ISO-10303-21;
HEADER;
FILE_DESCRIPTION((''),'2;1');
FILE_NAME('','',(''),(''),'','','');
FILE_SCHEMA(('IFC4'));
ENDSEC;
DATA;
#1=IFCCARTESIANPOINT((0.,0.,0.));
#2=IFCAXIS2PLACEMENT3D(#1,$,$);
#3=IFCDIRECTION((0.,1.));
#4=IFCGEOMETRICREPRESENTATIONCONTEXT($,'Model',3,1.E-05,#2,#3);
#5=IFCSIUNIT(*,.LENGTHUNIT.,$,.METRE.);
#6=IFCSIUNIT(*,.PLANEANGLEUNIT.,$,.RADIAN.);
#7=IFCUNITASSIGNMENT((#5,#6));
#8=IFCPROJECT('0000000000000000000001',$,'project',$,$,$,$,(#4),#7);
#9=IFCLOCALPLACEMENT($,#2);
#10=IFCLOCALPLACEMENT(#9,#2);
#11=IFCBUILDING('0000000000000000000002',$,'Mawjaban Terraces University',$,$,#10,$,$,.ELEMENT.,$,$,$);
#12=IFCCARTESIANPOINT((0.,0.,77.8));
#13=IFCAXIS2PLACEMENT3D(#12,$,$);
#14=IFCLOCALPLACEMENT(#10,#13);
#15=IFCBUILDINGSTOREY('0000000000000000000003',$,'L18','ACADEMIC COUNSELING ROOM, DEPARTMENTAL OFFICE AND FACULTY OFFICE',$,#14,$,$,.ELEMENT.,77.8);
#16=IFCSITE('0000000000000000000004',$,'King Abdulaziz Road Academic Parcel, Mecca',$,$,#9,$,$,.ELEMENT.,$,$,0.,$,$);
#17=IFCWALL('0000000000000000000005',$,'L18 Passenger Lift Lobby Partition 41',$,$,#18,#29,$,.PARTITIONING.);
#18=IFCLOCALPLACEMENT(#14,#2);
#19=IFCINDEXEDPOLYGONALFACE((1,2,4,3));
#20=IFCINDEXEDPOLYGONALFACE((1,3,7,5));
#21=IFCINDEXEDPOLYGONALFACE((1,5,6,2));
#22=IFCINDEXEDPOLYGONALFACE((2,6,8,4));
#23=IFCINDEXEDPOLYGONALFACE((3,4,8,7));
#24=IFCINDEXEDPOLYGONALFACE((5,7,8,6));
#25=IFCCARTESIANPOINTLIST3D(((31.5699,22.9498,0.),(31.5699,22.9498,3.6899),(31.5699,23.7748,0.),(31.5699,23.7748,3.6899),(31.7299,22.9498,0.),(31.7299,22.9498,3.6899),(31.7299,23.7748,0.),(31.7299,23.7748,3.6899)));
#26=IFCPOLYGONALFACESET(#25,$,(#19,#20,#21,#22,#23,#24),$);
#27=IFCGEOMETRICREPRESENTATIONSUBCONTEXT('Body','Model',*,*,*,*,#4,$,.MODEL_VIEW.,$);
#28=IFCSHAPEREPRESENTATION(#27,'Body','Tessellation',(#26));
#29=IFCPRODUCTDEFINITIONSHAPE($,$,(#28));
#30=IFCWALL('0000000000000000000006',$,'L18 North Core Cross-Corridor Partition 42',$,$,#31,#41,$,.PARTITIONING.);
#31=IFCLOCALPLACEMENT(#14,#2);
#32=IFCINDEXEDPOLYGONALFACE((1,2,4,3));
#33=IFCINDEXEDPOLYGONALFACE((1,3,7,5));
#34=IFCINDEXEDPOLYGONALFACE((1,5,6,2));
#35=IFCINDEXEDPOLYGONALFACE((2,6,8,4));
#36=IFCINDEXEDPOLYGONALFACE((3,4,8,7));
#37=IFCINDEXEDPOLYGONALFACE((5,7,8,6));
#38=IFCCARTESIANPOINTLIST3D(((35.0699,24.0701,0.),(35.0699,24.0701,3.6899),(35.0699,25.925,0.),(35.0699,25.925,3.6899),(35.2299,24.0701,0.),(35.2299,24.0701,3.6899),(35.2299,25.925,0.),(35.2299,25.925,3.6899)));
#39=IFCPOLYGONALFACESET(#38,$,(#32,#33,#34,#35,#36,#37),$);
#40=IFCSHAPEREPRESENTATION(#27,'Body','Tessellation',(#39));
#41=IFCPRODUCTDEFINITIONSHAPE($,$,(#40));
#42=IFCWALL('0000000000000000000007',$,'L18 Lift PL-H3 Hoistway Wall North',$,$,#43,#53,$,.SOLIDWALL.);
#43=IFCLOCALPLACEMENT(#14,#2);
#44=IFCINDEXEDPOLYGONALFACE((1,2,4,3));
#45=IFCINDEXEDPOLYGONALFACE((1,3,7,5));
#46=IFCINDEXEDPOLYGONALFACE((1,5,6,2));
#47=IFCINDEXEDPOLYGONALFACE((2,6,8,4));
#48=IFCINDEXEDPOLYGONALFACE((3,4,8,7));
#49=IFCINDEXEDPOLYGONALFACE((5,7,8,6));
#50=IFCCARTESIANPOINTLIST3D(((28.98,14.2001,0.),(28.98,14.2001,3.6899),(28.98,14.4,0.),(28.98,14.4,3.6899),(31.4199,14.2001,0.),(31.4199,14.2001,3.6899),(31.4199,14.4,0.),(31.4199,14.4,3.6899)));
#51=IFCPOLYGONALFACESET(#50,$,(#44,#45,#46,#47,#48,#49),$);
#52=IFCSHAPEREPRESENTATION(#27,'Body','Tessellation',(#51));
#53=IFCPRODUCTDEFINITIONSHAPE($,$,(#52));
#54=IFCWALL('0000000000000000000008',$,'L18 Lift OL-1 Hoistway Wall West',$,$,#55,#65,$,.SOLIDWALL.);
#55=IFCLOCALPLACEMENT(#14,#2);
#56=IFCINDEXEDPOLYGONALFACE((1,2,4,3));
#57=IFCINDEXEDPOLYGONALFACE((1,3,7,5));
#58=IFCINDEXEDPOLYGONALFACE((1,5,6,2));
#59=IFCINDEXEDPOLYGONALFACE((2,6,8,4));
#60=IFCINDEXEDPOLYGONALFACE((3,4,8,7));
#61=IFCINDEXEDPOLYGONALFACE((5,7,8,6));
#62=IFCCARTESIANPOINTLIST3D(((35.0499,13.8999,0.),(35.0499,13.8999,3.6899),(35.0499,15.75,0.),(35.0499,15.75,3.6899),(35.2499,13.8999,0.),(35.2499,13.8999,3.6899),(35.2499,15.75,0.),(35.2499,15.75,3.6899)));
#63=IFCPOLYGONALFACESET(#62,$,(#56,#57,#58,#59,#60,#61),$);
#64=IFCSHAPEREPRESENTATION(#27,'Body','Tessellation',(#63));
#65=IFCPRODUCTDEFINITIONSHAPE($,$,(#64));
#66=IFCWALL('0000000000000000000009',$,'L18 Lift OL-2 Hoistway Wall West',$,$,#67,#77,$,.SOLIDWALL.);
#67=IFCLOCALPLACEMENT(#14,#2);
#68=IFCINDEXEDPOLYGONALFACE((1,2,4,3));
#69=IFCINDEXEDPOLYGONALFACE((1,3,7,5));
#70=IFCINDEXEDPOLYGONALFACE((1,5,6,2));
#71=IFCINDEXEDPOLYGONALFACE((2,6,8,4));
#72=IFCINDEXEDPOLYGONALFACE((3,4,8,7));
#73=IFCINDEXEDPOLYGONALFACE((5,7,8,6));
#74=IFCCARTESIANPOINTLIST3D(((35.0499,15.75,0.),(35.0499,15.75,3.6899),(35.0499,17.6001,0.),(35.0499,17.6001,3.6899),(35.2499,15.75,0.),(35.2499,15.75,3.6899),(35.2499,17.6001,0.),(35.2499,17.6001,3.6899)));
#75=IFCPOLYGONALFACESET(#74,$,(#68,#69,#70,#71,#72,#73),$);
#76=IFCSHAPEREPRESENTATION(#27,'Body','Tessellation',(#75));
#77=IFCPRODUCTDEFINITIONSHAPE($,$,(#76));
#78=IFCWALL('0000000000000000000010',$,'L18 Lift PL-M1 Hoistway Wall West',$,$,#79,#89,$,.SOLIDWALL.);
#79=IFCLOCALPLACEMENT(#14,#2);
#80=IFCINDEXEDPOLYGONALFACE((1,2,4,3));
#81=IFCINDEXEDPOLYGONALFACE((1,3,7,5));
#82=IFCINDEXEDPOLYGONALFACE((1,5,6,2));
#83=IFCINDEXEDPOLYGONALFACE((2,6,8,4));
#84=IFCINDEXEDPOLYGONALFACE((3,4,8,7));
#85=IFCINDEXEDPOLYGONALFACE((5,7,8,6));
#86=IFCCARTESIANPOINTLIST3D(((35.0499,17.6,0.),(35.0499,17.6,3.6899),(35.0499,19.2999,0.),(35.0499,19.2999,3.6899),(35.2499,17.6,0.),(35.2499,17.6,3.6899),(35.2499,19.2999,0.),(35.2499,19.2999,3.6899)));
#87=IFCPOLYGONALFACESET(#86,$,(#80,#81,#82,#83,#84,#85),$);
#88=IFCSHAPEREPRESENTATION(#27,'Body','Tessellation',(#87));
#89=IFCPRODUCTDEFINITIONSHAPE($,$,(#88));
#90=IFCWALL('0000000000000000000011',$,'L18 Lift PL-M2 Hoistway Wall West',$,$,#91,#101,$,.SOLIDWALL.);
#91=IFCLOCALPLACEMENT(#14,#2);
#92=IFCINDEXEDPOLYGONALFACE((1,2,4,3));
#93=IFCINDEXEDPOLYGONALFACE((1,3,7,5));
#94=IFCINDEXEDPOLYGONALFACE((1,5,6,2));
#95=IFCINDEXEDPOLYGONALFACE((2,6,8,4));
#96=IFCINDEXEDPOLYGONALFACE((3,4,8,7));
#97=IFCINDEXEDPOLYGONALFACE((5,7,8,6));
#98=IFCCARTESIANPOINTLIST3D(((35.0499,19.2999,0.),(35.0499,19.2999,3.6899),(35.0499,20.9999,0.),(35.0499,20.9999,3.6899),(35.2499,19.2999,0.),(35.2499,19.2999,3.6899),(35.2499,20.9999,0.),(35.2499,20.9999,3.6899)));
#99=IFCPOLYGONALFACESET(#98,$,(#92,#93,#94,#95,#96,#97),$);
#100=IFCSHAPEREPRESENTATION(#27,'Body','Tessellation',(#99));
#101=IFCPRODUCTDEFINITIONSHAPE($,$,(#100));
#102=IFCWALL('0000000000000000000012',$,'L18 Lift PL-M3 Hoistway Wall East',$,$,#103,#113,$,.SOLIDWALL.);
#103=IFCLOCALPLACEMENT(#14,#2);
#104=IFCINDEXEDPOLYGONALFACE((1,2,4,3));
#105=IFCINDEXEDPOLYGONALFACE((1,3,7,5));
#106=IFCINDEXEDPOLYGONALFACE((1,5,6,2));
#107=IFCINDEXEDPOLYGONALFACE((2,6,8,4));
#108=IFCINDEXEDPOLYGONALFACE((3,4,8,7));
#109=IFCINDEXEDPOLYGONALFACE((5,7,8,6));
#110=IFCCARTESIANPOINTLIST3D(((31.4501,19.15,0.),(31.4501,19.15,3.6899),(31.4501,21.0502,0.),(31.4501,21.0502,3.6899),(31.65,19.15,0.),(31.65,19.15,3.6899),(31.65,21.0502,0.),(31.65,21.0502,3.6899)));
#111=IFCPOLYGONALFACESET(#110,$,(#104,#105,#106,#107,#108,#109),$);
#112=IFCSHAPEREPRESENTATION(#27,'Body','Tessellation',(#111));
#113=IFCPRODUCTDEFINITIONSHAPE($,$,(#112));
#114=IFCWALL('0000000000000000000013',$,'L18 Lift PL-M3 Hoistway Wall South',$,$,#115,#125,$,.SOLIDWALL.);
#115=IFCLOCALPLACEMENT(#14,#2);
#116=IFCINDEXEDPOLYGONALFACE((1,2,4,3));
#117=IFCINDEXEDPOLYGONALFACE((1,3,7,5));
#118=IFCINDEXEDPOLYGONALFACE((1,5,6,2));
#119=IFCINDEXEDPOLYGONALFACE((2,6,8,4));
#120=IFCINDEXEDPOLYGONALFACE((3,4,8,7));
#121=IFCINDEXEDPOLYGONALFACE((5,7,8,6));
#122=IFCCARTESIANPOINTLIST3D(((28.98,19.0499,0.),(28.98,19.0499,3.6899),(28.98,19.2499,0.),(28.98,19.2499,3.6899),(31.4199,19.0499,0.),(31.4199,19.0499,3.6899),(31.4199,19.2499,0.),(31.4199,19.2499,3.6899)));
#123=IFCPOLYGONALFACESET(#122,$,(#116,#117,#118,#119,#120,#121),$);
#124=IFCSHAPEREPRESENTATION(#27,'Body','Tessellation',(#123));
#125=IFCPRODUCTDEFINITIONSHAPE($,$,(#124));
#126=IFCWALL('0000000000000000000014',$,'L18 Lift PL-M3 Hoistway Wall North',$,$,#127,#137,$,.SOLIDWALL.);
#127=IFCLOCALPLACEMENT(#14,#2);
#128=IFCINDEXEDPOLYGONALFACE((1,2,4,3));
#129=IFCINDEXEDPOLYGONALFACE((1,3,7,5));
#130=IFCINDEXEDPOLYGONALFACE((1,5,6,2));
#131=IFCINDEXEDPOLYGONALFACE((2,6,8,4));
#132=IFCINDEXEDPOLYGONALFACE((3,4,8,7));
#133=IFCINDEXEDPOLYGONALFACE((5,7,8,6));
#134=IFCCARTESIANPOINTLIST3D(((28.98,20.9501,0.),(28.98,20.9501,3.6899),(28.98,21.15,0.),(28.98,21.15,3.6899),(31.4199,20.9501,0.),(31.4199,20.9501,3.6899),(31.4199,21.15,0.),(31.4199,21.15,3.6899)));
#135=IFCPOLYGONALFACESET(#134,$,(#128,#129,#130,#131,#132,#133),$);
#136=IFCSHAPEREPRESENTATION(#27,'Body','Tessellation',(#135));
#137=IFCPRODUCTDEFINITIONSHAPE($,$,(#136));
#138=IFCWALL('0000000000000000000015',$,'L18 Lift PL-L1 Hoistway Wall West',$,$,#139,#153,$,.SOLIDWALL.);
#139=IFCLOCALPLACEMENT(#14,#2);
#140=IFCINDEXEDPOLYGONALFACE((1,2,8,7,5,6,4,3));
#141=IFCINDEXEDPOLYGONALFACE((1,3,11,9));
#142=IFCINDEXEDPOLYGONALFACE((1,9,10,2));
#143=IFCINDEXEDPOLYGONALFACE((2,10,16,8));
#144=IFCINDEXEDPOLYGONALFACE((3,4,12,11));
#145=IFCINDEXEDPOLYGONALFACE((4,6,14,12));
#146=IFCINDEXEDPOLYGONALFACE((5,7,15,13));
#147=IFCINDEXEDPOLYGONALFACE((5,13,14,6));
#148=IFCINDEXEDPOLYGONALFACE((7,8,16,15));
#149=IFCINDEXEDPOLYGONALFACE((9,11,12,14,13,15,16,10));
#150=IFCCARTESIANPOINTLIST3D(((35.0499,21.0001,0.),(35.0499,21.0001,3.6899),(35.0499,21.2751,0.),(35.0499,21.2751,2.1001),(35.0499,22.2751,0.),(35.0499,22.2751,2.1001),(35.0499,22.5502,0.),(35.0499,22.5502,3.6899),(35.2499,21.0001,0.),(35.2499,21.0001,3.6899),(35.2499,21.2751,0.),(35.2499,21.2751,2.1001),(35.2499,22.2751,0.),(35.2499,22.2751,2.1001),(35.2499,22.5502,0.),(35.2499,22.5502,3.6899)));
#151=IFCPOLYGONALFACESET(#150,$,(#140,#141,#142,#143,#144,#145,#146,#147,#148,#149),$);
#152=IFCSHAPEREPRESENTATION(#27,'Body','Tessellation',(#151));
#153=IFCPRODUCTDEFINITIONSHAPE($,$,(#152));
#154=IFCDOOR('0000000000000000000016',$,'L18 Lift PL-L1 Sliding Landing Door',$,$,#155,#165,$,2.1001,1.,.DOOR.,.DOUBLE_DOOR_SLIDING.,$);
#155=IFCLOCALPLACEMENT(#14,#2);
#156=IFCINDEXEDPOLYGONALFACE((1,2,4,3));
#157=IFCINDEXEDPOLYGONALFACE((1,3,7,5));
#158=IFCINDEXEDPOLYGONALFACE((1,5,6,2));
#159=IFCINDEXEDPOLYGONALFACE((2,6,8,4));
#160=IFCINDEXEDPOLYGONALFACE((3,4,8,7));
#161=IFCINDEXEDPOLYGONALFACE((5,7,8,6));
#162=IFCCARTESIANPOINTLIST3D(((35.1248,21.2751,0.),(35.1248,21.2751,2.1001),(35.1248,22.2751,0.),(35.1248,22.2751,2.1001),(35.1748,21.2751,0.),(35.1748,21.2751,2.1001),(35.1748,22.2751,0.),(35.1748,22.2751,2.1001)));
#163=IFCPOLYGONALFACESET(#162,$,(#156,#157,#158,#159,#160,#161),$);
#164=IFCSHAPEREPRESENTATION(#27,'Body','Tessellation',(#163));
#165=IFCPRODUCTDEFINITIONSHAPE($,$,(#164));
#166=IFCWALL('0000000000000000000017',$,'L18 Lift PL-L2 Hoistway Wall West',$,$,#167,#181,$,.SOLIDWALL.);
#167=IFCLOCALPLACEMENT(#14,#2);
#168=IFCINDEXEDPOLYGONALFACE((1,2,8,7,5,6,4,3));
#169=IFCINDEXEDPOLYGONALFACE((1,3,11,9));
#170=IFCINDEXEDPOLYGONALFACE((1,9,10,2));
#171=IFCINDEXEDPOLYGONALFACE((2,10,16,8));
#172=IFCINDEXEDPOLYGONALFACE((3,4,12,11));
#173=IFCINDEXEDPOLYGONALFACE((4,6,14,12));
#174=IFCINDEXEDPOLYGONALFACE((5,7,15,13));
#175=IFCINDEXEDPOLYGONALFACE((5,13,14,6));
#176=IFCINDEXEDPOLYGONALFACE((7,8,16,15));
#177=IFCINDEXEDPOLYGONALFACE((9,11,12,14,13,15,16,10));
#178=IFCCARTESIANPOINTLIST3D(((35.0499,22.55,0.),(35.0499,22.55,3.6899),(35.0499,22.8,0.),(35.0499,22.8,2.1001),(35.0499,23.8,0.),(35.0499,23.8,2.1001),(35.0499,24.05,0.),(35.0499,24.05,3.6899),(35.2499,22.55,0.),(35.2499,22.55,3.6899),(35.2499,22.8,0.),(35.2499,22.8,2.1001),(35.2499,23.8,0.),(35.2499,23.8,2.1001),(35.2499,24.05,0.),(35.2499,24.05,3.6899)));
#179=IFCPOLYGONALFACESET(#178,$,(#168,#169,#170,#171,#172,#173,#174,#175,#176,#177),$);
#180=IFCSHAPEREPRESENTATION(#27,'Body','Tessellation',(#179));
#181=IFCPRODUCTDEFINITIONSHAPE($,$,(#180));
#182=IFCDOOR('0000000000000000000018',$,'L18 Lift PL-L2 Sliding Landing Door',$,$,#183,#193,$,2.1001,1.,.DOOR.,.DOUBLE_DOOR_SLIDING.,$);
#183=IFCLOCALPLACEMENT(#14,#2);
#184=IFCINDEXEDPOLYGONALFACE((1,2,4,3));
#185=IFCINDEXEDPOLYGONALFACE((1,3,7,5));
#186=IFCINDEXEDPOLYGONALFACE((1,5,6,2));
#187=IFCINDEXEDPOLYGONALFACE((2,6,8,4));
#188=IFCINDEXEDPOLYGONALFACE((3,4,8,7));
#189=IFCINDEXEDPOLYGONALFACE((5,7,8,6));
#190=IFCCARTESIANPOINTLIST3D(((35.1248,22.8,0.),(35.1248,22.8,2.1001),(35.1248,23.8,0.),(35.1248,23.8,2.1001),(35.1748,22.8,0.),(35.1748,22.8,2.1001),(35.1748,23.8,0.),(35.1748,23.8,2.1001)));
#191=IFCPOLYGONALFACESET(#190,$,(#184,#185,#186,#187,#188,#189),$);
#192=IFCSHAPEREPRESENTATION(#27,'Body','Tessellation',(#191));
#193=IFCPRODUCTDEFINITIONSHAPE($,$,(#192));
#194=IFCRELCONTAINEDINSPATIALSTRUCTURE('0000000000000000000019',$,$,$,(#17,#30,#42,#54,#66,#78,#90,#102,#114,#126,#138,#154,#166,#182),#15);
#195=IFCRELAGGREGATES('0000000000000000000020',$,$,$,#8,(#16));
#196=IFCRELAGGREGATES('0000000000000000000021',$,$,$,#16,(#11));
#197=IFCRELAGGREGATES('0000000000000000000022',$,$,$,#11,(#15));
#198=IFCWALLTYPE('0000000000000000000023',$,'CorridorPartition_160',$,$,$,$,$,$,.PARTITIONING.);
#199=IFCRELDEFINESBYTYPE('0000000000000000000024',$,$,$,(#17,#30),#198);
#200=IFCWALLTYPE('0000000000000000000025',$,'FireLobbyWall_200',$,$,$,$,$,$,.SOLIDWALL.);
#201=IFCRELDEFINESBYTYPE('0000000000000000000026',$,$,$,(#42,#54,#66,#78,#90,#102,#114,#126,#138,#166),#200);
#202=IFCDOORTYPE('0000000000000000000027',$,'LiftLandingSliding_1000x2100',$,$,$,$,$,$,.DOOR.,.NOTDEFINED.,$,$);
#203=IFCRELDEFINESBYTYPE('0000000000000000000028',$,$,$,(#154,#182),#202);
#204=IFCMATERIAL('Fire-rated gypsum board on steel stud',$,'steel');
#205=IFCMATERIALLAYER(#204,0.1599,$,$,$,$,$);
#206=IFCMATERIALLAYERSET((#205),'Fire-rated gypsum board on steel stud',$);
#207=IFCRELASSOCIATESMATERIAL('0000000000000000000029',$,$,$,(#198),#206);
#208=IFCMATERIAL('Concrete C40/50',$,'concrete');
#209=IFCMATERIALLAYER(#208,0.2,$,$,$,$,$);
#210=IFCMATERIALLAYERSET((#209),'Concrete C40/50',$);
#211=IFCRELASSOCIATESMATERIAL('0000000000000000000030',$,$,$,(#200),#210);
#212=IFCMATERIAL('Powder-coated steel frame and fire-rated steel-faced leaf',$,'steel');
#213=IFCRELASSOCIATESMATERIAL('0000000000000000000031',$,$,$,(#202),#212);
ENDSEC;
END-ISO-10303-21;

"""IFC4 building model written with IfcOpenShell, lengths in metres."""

from ifc_helpers import new_model, si_unit, direction, frame, frame_2d, origin, place, context, subcontext, project, spatial, rectangle, extrude, material, layer, layer_set, type_object, element, fill, save


model = new_model("IFC4")

# Units and contexts
model_context = context("Model", 3, precision=1e-05, world=origin(), true_north=direction((0.0, 1.0)))
body_context = subcontext(model_context, "Body", "Model", "MODEL_VIEW")
ifc_project = project(units=[si_unit("LENGTHUNIT", "METRE"), si_unit("PLANEANGLEUNIT", "RADIAN")], contexts=[model_context])

# Site, building, storey
site_placement = place(None, origin())
site = spatial("IfcSite", under=ifc_project, at=site_placement, Name="King Abdulaziz Road Academic Parcel, Mecca", CompositionType="ELEMENT", RefElevation=0.0)
building_placement = place(site_placement, origin())
building = spatial("IfcBuilding", under=site, at=building_placement, Name="Mawjaban Terraces University", CompositionType="ELEMENT")
storey_placement = place(building_placement, frame((0.0, 0.0, 77.8)))
storey = spatial("IfcBuildingStorey", under=building, at=storey_placement, Name="L18", Description="ACADEMIC COUNSELING ROOM, DEPARTMENTAL OFFICE AND FACULTY OFFICE", CompositionType="ELEMENT", Elevation=77.8)

# Walls
ifc_material_1 = material(Name="Fire-rated gypsum board on steel stud", Category="steel")
ifc_layer_1 = layer(ifc_material_1, 0.1599)
ifc_layer_set_1 = layer_set([ifc_layer_1], Name="Fire-rated gypsum board on steel stud")
wall_type_1 = type_object("IfcWallType", Name="CorridorPartition_160", PredefinedType="PARTITIONING", material=ifc_layer_set_1)
wall_1_placement = place(storey_placement, frame((31.6499, 23.7749, 0.0), z_axis=(0.0, 0.0, 1.0), x_axis=(0.0, -1.0, 0.0)))
element("IfcWall", 1, at=wall_1_placement, inside=storey, type_object=wall_type_1, Name="L18 Passenger Lift Lobby Partition 41", PredefinedType="PARTITIONING", context=body_context, shape_type="SweptSolid", body=[
    extrude(rectangle(XDim=0.825, YDim=0.1599, at=frame_2d((0.4126, 0.0))), origin(), (0.0, 0.0, 1.0), 3.6899),
])
wall_2_placement = place(storey_placement, frame((35.1499, 24.0701, 0.0), z_axis=(0.0, 0.0, 1.0), x_axis=(0.0, 1.0, 0.0)))
element("IfcWall", 2, at=wall_2_placement, inside=storey, type_object=wall_type_1, Name="L18 North Core Cross-Corridor Partition 42", PredefinedType="PARTITIONING", context=body_context, shape_type="SweptSolid", body=[
    extrude(rectangle(XDim=1.855, YDim=0.1599, at=frame_2d((0.9275, 0.0))), origin(), (0.0, 0.0, 1.0), 3.6899),
])
ifc_material_2 = material(Name="Concrete C40/50", Category="concrete")
ifc_layer_2 = layer(ifc_material_2, 0.2)
ifc_layer_set_2 = layer_set([ifc_layer_2], Name="Concrete C40/50")
wall_type_2 = type_object("IfcWallType", Name="FireLobbyWall_200", PredefinedType="SOLIDWALL", material=ifc_layer_set_2)
wall_3_placement = place(storey_placement, frame((31.4199, 14.3, 0.0), z_axis=(0.0, 0.0, 1.0), x_axis=(-1.0, 0.0, 0.0)))
element("IfcWall", 3, at=wall_3_placement, inside=storey, type_object=wall_type_2, Name="L18 Lift PL-H3 Hoistway Wall North", PredefinedType="SOLIDWALL", context=body_context, shape_type="SweptSolid", body=[
    extrude(rectangle(XDim=2.4399, YDim=0.2, at=frame_2d((1.22, 0.0))), origin(), (0.0, 0.0, 1.0), 3.6899),
])
for number, where, z_axis, x_axis, name in (
    (4, (35.1499, 15.75, 0.0), (0.0, 0.0, 1.0), (0.0, -1.0, 0.0), "L18 Lift OL-1 Hoistway Wall West"),
    (5, (35.1499, 17.6001, 0.0), (0.0, 0.0, 1.0), (0.0, -1.0, 0.0), "L18 Lift OL-2 Hoistway Wall West"),
):
    element("IfcWall", number, at=place(storey_placement, frame(where, z_axis=z_axis, x_axis=x_axis)), inside=storey, type_object=wall_type_2, Name=name, PredefinedType="SOLIDWALL", context=body_context, shape_type="SweptSolid", body=[
        extrude(rectangle(XDim=1.8501, YDim=0.2, at=frame_2d((0.925, 0.0))), origin(), (0.0, 0.0, 1.0), 3.6899),
    ])
for number, where, z_axis, x_axis, name in (
    (6, (35.1499, 19.3, 0.0), (0.0, 0.0, 1.0), (0.0, -1.0, 0.0), "L18 Lift PL-M1 Hoistway Wall West"),
    (7, (35.1499, 21.0, 0.0), (0.0, 0.0, 1.0), (0.0, -1.0, 0.0), "L18 Lift PL-M2 Hoistway Wall West"),
):
    element("IfcWall", number, at=place(storey_placement, frame(where, z_axis=z_axis, x_axis=x_axis)), inside=storey, type_object=wall_type_2, Name=name, PredefinedType="SOLIDWALL", context=body_context, shape_type="SweptSolid", body=[
        extrude(rectangle(XDim=1.7, YDim=0.2, at=frame_2d((0.8501, 0.0))), origin(), (0.0, 0.0, 1.0), 3.6899),
    ])
wall_4_placement = place(storey_placement, frame((31.55, 19.1499, 0.0), z_axis=(0.0, 0.0, 1.0), x_axis=(0.0, 1.0, 0.0)))
element("IfcWall", 8, at=wall_4_placement, inside=storey, type_object=wall_type_2, Name="L18 Lift PL-M3 Hoistway Wall East", PredefinedType="SOLIDWALL", context=body_context, shape_type="SweptSolid", body=[
    extrude(rectangle(XDim=1.9001, YDim=0.2, at=frame_2d((0.9502, 0.0))), origin(), (0.0, 0.0, 1.0), 3.6899),
])
for number, where, z_axis, x_axis, name in (
    (9, (28.98, 19.1499, 0.0), (0.0, 0.0, 1.0), (1.0, 0.0, 0.0), "L18 Lift PL-M3 Hoistway Wall South"),
    (10, (31.4199, 21.05, 0.0), (0.0, 0.0, 1.0), (-1.0, 0.0, 0.0), "L18 Lift PL-M3 Hoistway Wall North"),
):
    element("IfcWall", number, at=place(storey_placement, frame(where, z_axis=z_axis, x_axis=x_axis)), inside=storey, type_object=wall_type_2, Name=name, PredefinedType="SOLIDWALL", context=body_context, shape_type="SweptSolid", body=[
        extrude(rectangle(XDim=2.4399, YDim=0.2, at=frame_2d((1.22, 0.0))), origin(), (0.0, 0.0, 1.0), 3.6899),
    ])

# Walls, openings, doors
wall_5_placement = place(storey_placement, frame((35.1499, 22.55, 0.0), z_axis=(0.0, 0.0, 1.0), x_axis=(0.0, -1.0, 0.0)))
wall_5 = element("IfcWall", 11, at=wall_5_placement, inside=storey, type_object=wall_type_2, Name="L18 Lift PL-L1 Hoistway Wall West", PredefinedType="SOLIDWALL", context=body_context, shape_type="SweptSolid", body=[
    extrude(rectangle(XDim=1.55, YDim=0.2, at=frame_2d((0.7749, 0.0))), origin(), (0.0, 0.0, 1.0), 3.6899),
])
opening_1_placement = place(wall_5_placement, frame((0.2749, 0.0, 0.0)))
opening_1 = element("IfcOpeningElement", 12, at=opening_1_placement, cuts=wall_5, PredefinedType="OPENING", context=body_context, shape_type="SweptSolid", body=[
    extrude(rectangle(XDim=1.0, YDim=2.1001, at=frame_2d((0.5, 1.05))), frame((0.0, 0.1099, 0.0), z_axis=(0.0, -1.0, 0.0), x_axis=(1.0, 0.0, 0.0)), (0.0, 0.0, 1.0), 0.22),
])
ifc_material_3 = material(Name="Powder-coated steel frame and fire-rated steel-faced leaf", Category="steel")
door_type_1 = type_object("IfcDoorType", Name="LiftLandingSliding_1000x2100", OperationType="NOTDEFINED", PredefinedType="DOOR", material=ifc_material_3)
door_1_placement = place(opening_1_placement, origin())
door_1 = element("IfcDoor", 13, at=door_1_placement, inside=storey, type_object=door_type_1, Name="L18 Lift PL-L1 Sliding Landing Door", OperationType="DOUBLE_DOOR_SLIDING", OverallHeight=2.1001, OverallWidth=1.0, PredefinedType="DOOR", context=body_context, shape_type="SweptSolid", body=[
    extrude(rectangle(XDim=1.0, YDim=2.1001, at=frame_2d((0.5, 1.05))), frame((0.0, 0.0249, 0.0), z_axis=(0.0, -1.0, 0.0), x_axis=(1.0, 0.0, 0.0)), (0.0, 0.0, 1.0), 0.05),
])
fill(opening_1, door_1)
wall_6_placement = place(storey_placement, frame((35.1499, 24.05, 0.0), z_axis=(0.0, 0.0, 1.0), x_axis=(0.0, -1.0, 0.0)))
wall_6 = element("IfcWall", 14, at=wall_6_placement, inside=storey, type_object=wall_type_2, Name="L18 Lift PL-L2 Hoistway Wall West", PredefinedType="SOLIDWALL", context=body_context, shape_type="SweptSolid", body=[
    extrude(rectangle(XDim=1.5, YDim=0.2, at=frame_2d((0.75, 0.0))), origin(), (0.0, 0.0, 1.0), 3.6899),
])
opening_2_placement = place(wall_6_placement, frame((0.25, 0.0, 0.0)))
opening_2 = element("IfcOpeningElement", 15, at=opening_2_placement, cuts=wall_6, PredefinedType="OPENING", context=body_context, shape_type="SweptSolid", body=[
    extrude(rectangle(XDim=1.0, YDim=2.1001, at=frame_2d((0.5, 1.05))), frame((0.0, 0.1099, 0.0), z_axis=(0.0, -1.0, 0.0), x_axis=(1.0, 0.0, 0.0)), (0.0, 0.0, 1.0), 0.22),
])
door_2_placement = place(opening_2_placement, origin())
door_2 = element("IfcDoor", 16, at=door_2_placement, inside=storey, type_object=door_type_1, Name="L18 Lift PL-L2 Sliding Landing Door", OperationType="DOUBLE_DOOR_SLIDING", OverallHeight=2.1001, OverallWidth=1.0, PredefinedType="DOOR", context=body_context, shape_type="SweptSolid", body=[
    extrude(rectangle(XDim=1.0, YDim=2.1001, at=frame_2d((0.5, 1.05))), frame((0.0, 0.0249, 0.0), z_axis=(0.0, -1.0, 0.0), x_axis=(1.0, 0.0, 0.0)), (0.0, 0.0, 1.0), 0.05),
])
fill(opening_2, door_2)

save(model, "model.ifc")
